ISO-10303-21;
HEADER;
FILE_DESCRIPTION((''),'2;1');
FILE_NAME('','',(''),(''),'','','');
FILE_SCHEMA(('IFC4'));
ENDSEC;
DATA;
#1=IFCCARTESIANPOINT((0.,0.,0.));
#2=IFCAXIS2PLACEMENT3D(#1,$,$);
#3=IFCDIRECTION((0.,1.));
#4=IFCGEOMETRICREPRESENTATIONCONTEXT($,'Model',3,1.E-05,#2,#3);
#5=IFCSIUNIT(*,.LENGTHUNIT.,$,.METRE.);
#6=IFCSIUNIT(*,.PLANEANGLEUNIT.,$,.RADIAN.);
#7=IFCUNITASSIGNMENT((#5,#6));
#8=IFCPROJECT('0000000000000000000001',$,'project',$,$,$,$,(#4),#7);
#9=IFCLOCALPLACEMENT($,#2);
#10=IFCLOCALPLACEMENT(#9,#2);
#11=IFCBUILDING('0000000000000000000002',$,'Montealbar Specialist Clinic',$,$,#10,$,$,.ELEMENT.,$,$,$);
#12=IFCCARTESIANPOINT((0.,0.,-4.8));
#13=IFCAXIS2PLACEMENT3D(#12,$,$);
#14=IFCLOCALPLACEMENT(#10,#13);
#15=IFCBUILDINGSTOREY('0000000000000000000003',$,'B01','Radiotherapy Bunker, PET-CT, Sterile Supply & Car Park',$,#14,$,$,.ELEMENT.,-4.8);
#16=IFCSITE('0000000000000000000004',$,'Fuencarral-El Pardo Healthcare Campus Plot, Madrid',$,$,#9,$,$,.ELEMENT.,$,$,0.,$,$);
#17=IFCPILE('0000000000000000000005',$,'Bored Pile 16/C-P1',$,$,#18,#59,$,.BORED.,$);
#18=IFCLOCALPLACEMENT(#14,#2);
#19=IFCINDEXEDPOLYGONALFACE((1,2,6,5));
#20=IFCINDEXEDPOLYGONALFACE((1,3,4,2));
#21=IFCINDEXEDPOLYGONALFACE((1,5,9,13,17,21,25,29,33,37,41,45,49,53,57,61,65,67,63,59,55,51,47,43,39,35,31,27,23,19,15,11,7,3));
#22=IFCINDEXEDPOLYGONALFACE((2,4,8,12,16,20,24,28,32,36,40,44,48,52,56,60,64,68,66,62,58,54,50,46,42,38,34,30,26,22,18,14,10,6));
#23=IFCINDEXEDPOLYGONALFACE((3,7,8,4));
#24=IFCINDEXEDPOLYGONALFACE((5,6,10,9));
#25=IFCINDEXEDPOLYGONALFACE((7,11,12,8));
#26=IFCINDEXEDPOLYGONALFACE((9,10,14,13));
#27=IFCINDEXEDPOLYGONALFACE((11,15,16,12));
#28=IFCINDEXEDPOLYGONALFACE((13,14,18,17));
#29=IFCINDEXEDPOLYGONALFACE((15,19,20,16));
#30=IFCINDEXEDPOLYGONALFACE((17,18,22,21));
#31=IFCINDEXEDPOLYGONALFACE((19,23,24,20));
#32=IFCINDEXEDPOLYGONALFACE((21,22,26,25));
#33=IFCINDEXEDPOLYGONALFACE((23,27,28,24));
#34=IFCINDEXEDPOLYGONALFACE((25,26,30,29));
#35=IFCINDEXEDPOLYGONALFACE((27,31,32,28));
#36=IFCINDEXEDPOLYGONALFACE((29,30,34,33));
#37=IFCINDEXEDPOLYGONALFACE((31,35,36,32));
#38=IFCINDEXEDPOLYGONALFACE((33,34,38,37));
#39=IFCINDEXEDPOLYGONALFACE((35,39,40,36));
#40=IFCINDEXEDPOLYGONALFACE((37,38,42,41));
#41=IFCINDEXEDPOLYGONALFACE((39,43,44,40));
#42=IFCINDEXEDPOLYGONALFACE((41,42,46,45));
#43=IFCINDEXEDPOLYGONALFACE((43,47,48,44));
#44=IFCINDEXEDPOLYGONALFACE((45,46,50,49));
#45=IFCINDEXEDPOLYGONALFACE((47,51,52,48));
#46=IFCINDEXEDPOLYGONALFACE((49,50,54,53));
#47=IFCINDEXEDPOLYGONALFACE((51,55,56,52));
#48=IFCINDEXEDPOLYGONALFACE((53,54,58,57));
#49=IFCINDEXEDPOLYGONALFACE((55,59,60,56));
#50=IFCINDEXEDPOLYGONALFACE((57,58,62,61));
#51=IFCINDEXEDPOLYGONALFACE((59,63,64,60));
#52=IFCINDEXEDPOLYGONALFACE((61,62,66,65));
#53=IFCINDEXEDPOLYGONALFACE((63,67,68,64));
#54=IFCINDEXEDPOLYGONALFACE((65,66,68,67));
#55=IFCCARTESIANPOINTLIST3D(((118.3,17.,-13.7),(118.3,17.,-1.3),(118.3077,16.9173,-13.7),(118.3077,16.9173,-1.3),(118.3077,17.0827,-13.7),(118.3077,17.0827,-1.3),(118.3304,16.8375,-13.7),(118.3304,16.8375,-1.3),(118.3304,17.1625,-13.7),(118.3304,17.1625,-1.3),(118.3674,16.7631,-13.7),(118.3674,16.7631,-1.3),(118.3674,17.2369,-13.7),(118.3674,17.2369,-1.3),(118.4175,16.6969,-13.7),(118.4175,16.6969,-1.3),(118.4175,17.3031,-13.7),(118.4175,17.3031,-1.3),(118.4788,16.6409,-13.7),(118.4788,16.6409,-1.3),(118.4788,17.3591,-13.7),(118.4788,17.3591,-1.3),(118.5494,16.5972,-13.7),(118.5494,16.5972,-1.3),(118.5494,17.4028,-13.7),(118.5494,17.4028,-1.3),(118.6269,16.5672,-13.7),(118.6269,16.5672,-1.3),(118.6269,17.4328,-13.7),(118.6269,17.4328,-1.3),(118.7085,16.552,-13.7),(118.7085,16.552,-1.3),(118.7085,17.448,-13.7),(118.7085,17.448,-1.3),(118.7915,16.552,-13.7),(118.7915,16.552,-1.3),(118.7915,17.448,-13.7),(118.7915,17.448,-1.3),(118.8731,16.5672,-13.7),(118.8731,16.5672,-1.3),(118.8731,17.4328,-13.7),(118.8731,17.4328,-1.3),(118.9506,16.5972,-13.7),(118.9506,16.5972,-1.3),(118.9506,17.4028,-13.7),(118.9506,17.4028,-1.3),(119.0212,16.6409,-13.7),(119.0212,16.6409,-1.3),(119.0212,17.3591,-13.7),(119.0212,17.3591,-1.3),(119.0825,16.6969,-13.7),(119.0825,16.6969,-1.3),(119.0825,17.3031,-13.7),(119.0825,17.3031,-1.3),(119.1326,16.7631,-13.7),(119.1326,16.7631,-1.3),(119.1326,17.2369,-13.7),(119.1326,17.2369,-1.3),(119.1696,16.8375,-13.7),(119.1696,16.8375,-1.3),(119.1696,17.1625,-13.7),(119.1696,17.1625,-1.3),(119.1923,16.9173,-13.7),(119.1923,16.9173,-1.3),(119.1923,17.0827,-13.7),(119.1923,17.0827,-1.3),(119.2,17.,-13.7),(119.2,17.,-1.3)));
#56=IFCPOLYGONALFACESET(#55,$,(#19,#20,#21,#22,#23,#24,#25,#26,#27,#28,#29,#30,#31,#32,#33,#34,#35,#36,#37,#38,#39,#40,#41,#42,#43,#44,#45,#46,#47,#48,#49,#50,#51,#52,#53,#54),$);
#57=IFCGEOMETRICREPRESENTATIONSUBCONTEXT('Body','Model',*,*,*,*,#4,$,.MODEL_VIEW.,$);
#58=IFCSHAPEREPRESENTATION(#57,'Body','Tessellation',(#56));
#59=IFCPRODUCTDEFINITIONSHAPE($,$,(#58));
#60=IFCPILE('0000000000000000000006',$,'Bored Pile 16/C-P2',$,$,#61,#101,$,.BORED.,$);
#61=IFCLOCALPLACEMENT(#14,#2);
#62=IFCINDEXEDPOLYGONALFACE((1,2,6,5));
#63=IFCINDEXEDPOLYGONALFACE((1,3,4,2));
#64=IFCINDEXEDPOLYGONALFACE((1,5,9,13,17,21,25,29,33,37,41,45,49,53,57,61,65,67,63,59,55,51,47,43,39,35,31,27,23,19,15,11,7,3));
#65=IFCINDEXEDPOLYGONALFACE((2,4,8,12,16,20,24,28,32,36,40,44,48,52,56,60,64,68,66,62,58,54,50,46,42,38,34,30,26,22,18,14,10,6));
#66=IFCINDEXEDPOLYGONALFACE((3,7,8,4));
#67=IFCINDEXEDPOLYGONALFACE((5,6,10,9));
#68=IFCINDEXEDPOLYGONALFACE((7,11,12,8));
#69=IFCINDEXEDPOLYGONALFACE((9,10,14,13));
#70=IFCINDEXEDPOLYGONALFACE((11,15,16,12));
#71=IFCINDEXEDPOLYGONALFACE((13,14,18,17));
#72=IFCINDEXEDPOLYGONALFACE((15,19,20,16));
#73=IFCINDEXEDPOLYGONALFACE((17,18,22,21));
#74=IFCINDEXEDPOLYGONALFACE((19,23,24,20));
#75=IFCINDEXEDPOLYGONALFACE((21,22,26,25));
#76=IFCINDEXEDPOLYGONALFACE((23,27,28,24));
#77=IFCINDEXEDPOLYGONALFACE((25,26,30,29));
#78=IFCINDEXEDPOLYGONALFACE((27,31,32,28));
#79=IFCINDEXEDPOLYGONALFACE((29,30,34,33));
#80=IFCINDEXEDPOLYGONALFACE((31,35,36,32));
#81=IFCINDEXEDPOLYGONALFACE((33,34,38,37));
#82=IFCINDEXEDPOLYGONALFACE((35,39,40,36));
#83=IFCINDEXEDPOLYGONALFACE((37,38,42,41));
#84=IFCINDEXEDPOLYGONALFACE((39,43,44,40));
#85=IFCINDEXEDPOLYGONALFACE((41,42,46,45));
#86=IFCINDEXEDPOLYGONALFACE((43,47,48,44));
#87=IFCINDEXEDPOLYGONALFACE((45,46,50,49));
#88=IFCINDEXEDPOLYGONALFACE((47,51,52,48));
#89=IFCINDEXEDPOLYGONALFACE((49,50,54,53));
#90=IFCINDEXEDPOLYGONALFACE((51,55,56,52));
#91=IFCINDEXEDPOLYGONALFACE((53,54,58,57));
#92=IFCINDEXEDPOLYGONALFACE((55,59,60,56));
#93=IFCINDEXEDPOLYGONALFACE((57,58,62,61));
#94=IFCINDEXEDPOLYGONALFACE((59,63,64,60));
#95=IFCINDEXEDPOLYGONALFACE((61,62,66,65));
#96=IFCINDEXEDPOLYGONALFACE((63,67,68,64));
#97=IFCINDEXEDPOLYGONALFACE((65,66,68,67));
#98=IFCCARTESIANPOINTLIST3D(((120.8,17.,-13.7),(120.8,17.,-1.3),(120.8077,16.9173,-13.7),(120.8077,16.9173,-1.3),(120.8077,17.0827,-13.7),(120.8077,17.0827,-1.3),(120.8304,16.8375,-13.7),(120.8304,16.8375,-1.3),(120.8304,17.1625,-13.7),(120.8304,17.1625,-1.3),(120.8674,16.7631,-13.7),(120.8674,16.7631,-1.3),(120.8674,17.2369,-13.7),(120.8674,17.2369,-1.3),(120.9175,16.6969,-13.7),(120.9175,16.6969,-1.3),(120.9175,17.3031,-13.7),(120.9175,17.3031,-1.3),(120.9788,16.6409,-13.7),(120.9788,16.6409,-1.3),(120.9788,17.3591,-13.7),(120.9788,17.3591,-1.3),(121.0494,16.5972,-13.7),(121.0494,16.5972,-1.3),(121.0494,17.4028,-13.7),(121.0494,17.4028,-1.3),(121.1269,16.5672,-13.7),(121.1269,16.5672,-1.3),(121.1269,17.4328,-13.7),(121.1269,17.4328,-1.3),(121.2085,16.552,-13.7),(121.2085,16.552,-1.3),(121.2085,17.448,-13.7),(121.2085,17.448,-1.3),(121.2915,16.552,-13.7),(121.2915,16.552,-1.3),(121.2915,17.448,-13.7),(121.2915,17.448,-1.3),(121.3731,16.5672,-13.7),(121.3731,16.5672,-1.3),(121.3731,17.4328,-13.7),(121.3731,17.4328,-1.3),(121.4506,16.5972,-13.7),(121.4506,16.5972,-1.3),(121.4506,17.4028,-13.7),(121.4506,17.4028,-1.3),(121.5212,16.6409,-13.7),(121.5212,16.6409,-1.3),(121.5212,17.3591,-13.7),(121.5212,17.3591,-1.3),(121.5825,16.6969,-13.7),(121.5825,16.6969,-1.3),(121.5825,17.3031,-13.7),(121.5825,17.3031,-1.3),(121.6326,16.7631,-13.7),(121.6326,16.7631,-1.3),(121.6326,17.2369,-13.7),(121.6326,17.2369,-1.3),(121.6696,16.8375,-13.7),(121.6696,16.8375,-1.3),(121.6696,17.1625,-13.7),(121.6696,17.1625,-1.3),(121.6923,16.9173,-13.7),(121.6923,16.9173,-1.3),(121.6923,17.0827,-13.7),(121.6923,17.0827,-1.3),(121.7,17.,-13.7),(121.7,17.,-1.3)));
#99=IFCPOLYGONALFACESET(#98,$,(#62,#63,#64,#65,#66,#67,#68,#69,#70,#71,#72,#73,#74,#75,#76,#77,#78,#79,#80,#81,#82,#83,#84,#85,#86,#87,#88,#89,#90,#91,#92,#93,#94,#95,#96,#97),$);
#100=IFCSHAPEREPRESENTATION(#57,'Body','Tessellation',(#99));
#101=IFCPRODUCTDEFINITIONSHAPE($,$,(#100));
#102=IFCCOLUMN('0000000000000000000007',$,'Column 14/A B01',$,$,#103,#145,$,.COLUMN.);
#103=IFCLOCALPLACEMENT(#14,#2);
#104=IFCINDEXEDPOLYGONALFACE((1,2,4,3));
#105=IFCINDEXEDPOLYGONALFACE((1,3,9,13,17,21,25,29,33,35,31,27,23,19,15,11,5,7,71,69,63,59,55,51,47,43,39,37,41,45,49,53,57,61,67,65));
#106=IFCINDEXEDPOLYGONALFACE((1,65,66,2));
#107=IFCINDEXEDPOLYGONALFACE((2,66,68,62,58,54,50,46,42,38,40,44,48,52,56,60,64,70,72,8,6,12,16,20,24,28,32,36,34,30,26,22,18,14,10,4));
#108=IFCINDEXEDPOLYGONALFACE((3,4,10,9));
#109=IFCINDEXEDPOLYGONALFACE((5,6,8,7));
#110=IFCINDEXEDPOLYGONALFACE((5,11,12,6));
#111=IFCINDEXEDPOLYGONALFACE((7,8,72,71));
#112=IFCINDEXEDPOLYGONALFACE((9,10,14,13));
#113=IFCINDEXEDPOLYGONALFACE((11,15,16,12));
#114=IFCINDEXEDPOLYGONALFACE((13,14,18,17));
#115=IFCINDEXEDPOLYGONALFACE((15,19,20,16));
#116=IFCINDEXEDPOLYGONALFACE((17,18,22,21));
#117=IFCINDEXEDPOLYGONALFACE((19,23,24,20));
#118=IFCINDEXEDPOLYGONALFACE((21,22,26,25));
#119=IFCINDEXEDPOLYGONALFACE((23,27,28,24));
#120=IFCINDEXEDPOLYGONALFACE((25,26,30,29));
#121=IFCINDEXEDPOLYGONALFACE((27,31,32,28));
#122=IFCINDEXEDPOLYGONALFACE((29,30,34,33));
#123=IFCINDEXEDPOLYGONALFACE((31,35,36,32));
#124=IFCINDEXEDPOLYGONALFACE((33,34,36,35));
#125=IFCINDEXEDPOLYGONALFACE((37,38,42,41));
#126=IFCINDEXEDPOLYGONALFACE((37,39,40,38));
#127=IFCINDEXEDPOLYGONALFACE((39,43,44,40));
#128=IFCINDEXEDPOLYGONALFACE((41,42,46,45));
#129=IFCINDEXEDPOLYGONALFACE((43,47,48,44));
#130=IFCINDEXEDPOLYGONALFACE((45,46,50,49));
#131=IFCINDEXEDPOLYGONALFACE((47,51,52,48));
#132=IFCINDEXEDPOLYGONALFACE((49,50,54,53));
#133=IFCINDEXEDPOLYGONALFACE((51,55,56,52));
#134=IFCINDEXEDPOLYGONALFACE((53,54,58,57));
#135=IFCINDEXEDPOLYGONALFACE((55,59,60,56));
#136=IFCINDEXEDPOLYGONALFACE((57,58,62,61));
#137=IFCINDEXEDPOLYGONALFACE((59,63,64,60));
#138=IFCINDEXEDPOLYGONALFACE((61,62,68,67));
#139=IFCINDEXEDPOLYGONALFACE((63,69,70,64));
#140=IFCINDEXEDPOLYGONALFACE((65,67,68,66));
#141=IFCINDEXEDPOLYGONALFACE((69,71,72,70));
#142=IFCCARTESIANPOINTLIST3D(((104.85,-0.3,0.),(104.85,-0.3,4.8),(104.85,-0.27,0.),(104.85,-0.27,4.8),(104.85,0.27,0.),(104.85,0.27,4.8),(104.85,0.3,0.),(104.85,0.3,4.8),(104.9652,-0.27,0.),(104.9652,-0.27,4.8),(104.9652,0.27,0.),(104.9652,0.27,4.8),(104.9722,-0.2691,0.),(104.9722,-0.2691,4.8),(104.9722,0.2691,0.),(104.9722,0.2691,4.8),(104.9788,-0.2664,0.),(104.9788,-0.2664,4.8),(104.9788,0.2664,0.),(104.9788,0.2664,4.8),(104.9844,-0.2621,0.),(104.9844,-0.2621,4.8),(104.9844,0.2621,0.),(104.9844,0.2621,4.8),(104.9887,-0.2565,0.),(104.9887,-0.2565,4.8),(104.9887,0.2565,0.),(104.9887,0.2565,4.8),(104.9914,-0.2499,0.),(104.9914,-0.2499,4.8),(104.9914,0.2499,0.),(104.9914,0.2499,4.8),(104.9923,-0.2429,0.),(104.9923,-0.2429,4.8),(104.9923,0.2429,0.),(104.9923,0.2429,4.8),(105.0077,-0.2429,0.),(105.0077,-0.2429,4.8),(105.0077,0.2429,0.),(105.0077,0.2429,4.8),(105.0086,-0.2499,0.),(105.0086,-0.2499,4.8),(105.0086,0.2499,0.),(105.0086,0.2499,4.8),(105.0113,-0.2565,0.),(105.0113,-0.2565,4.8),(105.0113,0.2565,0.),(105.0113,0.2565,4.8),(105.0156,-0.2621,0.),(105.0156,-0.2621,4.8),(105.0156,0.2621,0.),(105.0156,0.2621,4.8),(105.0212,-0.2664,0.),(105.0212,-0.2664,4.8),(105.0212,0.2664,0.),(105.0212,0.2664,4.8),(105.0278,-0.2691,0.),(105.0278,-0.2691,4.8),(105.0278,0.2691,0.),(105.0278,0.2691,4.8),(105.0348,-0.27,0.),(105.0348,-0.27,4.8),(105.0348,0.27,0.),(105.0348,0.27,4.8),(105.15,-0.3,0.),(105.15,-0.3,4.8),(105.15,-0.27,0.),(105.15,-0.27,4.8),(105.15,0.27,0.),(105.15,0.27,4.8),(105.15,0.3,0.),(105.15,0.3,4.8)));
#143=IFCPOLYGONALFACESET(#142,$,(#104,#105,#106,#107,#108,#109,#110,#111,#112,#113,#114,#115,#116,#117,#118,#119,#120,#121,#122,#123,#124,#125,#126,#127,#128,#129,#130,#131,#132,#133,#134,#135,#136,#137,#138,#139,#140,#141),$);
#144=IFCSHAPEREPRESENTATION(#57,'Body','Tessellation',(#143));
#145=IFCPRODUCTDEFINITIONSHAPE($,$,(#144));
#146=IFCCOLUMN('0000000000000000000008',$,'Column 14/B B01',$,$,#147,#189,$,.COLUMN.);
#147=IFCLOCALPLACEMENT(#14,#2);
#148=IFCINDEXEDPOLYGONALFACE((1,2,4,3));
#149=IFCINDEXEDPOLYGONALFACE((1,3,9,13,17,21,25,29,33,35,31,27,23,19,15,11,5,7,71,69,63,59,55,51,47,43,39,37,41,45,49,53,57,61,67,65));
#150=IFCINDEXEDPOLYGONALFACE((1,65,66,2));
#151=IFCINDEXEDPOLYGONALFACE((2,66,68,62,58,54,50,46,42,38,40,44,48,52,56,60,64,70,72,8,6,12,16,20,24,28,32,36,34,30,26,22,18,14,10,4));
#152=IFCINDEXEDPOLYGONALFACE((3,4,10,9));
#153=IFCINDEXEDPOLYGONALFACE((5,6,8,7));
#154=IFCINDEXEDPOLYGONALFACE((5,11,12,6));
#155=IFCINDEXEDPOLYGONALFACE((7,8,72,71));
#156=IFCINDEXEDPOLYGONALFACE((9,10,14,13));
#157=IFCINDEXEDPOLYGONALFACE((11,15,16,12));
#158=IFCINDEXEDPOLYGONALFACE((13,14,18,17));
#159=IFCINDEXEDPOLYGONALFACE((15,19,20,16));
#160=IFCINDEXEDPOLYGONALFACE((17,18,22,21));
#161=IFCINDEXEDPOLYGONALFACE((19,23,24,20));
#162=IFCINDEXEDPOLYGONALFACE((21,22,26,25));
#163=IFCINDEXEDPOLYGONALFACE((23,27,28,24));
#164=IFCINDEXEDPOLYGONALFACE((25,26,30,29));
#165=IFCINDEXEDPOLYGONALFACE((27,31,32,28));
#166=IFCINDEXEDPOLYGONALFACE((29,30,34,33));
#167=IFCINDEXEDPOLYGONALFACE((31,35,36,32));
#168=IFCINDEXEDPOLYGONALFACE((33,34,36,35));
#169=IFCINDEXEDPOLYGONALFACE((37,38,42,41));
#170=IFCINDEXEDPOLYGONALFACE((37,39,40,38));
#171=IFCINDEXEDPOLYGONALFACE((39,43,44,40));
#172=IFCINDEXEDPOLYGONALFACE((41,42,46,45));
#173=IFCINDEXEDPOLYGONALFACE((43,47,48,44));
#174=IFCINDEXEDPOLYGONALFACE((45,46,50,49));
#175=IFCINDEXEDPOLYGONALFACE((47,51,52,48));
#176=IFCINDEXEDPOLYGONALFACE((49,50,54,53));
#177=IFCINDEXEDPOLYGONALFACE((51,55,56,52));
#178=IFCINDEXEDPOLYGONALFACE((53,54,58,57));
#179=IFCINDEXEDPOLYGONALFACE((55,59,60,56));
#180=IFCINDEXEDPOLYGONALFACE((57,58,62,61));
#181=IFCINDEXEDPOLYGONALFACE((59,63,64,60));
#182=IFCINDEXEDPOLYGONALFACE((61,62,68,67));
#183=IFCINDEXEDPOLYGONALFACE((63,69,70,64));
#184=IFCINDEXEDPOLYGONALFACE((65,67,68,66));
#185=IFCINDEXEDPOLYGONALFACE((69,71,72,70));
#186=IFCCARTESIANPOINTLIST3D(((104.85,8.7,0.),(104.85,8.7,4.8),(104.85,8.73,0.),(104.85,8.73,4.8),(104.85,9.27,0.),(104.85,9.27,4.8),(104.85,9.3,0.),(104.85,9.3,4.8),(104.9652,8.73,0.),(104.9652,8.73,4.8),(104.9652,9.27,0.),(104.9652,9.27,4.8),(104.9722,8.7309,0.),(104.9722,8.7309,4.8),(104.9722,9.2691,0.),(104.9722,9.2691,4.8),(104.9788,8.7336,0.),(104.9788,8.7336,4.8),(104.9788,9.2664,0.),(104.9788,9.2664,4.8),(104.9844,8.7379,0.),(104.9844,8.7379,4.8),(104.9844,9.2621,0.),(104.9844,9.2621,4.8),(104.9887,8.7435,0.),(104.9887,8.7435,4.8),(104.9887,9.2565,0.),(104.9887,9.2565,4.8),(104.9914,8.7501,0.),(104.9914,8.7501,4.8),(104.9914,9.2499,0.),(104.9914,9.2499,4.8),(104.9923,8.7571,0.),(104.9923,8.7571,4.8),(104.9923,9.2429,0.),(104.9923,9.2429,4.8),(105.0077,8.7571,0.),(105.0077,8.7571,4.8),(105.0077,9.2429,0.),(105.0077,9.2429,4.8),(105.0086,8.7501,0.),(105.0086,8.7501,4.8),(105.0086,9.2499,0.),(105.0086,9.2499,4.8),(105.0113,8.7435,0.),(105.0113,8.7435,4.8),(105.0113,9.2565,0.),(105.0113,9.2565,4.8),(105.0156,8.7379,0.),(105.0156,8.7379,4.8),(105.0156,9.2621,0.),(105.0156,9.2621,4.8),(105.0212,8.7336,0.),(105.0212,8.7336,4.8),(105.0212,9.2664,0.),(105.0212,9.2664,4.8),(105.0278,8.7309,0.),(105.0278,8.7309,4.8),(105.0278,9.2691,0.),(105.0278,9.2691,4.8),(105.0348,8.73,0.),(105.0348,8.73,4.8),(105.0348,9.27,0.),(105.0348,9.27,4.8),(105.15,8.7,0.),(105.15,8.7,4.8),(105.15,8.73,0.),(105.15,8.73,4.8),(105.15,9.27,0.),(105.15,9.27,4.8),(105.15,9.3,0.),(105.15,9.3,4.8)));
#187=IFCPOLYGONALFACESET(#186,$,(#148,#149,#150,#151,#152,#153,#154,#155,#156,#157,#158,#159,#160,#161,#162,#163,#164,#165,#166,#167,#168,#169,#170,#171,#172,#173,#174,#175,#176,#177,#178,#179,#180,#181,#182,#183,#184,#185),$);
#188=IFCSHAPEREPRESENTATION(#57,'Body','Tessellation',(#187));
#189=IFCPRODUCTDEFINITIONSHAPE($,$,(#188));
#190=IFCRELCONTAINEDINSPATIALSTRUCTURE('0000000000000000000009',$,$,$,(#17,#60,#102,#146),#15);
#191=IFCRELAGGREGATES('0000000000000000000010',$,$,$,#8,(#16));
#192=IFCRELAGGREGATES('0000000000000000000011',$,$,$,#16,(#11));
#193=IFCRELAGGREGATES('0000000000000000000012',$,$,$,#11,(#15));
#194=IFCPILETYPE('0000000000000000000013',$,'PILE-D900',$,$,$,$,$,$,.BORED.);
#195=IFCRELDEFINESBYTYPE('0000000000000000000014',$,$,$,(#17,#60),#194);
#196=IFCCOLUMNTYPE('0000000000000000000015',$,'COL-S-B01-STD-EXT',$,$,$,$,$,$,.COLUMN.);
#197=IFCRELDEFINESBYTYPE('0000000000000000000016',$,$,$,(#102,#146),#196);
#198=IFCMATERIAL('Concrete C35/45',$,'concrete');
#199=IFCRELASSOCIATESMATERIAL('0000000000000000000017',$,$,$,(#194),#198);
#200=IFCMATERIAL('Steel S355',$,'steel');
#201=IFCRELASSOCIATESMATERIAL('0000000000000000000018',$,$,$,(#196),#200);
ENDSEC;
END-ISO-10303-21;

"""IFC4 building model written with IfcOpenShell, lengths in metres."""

from ifc_helpers import new_model, si_unit, direction, frame, origin, origin_2d, place, context, subcontext, project, spatial, circle, i_section, extrude, material, material_profile, profile_set, type_object, element, save


model = new_model("IFC4")

# Units and contexts
model_context = context("Model", 3, precision=1e-05, world=origin(), true_north=direction((0.0, 1.0)))
body_context = subcontext(model_context, "Body", "Model", "MODEL_VIEW")
ifc_project = project(units=[si_unit("LENGTHUNIT", "METRE"), si_unit("PLANEANGLEUNIT", "RADIAN")], contexts=[model_context])

# Site, building, storey
site_placement = place(None, origin())
site = spatial("IfcSite", under=ifc_project, at=site_placement, Name="Fuencarral-El Pardo Healthcare Campus Plot, Madrid", CompositionType="ELEMENT", RefElevation=0.0)
building_placement = place(site_placement, origin())
building = spatial("IfcBuilding", under=site, at=building_placement, Name="Montealbar Specialist Clinic", CompositionType="ELEMENT")
storey_placement = place(building_placement, frame((0.0, 0.0, -4.8)))
storey = spatial("IfcBuildingStorey", under=building, at=storey_placement, Name="B01", Description="Radiotherapy Bunker, PET-CT, Sterile Supply & Car Park", CompositionType="ELEMENT", Elevation=-4.8)

# Shared definitions
ifc_material_1 = material(Name="Concrete C35/45", Category="concrete")

# Piles
ifc_material_profile_1 = material_profile(ifc_material_1, circle(Radius=0.45, at=origin_2d()), Name="PILE D900", Category="concrete")
ifc_profile_set_1 = profile_set([ifc_material_profile_1], Name="Concrete C35/45")
pile_type_1 = type_object("IfcPileType", Name="PILE-D900", PredefinedType="BORED", material=ifc_profile_set_1)
for number, where, z_axis, x_axis, name in (
    (1, (118.75, 17.0, -1.3), (0.0, 0.0, -1.0), (1.0, 0.0, 0.0), "Bored Pile 16/C-P1"),
    (2, (121.25, 17.0, -1.3), (0.0, 0.0, -1.0), (1.0, 0.0, 0.0), "Bored Pile 16/C-P2"),
):
    element("IfcPile", number, at=place(storey_placement, frame(where, z_axis=z_axis, x_axis=x_axis)), inside=storey, type_object=pile_type_1, Name=name, PredefinedType="BORED", context=body_context, shape_type="SweptSolid", body=[
        extrude(circle(Radius=0.45, at=origin_2d()), origin(), (0.0, 0.0, 1.0), 12.3999),
    ])

# Columns
ifc_material_2 = material(Name="Steel S355", Category="steel")
ifc_material_profile_2 = material_profile(ifc_material_2, i_section(OverallWidth=0.3, OverallDepth=0.6001, WebThickness=0.0154, FlangeThickness=0.03, FilletRadius=0.0271, at=origin_2d()), Name="HEB 600", Category="steel")
ifc_profile_set_2 = profile_set([ifc_material_profile_2], Name="Steel S355")
column_type = type_object("IfcColumnType", Name="COL-S-B01-STD-EXT", PredefinedType="COLUMN", material=ifc_profile_set_2)
for number, where, z_axis, x_axis, name in (
    (3, (105.0, 0.0, 0.0), (0.0, 0.0, 1.0), (1.0, 0.0, 0.0), "Column 14/A B01"),
    (4, (105.0, 9.0, 0.0), (0.0, 0.0, 1.0), (1.0, 0.0, 0.0), "Column 14/B B01"),
):
    element("IfcColumn", number, at=place(storey_placement, frame(where, z_axis=z_axis, x_axis=x_axis)), inside=storey, type_object=column_type, Name=name, PredefinedType="COLUMN", context=body_context, shape_type="SweptSolid", body=[
        extrude(i_section(OverallWidth=0.3, OverallDepth=0.6001, WebThickness=0.0154, FlangeThickness=0.03, FilletRadius=0.0271, at=origin_2d()), origin(), (0.0, 0.0, 1.0), 4.8),
    ])

save(model, "model.ifc")
